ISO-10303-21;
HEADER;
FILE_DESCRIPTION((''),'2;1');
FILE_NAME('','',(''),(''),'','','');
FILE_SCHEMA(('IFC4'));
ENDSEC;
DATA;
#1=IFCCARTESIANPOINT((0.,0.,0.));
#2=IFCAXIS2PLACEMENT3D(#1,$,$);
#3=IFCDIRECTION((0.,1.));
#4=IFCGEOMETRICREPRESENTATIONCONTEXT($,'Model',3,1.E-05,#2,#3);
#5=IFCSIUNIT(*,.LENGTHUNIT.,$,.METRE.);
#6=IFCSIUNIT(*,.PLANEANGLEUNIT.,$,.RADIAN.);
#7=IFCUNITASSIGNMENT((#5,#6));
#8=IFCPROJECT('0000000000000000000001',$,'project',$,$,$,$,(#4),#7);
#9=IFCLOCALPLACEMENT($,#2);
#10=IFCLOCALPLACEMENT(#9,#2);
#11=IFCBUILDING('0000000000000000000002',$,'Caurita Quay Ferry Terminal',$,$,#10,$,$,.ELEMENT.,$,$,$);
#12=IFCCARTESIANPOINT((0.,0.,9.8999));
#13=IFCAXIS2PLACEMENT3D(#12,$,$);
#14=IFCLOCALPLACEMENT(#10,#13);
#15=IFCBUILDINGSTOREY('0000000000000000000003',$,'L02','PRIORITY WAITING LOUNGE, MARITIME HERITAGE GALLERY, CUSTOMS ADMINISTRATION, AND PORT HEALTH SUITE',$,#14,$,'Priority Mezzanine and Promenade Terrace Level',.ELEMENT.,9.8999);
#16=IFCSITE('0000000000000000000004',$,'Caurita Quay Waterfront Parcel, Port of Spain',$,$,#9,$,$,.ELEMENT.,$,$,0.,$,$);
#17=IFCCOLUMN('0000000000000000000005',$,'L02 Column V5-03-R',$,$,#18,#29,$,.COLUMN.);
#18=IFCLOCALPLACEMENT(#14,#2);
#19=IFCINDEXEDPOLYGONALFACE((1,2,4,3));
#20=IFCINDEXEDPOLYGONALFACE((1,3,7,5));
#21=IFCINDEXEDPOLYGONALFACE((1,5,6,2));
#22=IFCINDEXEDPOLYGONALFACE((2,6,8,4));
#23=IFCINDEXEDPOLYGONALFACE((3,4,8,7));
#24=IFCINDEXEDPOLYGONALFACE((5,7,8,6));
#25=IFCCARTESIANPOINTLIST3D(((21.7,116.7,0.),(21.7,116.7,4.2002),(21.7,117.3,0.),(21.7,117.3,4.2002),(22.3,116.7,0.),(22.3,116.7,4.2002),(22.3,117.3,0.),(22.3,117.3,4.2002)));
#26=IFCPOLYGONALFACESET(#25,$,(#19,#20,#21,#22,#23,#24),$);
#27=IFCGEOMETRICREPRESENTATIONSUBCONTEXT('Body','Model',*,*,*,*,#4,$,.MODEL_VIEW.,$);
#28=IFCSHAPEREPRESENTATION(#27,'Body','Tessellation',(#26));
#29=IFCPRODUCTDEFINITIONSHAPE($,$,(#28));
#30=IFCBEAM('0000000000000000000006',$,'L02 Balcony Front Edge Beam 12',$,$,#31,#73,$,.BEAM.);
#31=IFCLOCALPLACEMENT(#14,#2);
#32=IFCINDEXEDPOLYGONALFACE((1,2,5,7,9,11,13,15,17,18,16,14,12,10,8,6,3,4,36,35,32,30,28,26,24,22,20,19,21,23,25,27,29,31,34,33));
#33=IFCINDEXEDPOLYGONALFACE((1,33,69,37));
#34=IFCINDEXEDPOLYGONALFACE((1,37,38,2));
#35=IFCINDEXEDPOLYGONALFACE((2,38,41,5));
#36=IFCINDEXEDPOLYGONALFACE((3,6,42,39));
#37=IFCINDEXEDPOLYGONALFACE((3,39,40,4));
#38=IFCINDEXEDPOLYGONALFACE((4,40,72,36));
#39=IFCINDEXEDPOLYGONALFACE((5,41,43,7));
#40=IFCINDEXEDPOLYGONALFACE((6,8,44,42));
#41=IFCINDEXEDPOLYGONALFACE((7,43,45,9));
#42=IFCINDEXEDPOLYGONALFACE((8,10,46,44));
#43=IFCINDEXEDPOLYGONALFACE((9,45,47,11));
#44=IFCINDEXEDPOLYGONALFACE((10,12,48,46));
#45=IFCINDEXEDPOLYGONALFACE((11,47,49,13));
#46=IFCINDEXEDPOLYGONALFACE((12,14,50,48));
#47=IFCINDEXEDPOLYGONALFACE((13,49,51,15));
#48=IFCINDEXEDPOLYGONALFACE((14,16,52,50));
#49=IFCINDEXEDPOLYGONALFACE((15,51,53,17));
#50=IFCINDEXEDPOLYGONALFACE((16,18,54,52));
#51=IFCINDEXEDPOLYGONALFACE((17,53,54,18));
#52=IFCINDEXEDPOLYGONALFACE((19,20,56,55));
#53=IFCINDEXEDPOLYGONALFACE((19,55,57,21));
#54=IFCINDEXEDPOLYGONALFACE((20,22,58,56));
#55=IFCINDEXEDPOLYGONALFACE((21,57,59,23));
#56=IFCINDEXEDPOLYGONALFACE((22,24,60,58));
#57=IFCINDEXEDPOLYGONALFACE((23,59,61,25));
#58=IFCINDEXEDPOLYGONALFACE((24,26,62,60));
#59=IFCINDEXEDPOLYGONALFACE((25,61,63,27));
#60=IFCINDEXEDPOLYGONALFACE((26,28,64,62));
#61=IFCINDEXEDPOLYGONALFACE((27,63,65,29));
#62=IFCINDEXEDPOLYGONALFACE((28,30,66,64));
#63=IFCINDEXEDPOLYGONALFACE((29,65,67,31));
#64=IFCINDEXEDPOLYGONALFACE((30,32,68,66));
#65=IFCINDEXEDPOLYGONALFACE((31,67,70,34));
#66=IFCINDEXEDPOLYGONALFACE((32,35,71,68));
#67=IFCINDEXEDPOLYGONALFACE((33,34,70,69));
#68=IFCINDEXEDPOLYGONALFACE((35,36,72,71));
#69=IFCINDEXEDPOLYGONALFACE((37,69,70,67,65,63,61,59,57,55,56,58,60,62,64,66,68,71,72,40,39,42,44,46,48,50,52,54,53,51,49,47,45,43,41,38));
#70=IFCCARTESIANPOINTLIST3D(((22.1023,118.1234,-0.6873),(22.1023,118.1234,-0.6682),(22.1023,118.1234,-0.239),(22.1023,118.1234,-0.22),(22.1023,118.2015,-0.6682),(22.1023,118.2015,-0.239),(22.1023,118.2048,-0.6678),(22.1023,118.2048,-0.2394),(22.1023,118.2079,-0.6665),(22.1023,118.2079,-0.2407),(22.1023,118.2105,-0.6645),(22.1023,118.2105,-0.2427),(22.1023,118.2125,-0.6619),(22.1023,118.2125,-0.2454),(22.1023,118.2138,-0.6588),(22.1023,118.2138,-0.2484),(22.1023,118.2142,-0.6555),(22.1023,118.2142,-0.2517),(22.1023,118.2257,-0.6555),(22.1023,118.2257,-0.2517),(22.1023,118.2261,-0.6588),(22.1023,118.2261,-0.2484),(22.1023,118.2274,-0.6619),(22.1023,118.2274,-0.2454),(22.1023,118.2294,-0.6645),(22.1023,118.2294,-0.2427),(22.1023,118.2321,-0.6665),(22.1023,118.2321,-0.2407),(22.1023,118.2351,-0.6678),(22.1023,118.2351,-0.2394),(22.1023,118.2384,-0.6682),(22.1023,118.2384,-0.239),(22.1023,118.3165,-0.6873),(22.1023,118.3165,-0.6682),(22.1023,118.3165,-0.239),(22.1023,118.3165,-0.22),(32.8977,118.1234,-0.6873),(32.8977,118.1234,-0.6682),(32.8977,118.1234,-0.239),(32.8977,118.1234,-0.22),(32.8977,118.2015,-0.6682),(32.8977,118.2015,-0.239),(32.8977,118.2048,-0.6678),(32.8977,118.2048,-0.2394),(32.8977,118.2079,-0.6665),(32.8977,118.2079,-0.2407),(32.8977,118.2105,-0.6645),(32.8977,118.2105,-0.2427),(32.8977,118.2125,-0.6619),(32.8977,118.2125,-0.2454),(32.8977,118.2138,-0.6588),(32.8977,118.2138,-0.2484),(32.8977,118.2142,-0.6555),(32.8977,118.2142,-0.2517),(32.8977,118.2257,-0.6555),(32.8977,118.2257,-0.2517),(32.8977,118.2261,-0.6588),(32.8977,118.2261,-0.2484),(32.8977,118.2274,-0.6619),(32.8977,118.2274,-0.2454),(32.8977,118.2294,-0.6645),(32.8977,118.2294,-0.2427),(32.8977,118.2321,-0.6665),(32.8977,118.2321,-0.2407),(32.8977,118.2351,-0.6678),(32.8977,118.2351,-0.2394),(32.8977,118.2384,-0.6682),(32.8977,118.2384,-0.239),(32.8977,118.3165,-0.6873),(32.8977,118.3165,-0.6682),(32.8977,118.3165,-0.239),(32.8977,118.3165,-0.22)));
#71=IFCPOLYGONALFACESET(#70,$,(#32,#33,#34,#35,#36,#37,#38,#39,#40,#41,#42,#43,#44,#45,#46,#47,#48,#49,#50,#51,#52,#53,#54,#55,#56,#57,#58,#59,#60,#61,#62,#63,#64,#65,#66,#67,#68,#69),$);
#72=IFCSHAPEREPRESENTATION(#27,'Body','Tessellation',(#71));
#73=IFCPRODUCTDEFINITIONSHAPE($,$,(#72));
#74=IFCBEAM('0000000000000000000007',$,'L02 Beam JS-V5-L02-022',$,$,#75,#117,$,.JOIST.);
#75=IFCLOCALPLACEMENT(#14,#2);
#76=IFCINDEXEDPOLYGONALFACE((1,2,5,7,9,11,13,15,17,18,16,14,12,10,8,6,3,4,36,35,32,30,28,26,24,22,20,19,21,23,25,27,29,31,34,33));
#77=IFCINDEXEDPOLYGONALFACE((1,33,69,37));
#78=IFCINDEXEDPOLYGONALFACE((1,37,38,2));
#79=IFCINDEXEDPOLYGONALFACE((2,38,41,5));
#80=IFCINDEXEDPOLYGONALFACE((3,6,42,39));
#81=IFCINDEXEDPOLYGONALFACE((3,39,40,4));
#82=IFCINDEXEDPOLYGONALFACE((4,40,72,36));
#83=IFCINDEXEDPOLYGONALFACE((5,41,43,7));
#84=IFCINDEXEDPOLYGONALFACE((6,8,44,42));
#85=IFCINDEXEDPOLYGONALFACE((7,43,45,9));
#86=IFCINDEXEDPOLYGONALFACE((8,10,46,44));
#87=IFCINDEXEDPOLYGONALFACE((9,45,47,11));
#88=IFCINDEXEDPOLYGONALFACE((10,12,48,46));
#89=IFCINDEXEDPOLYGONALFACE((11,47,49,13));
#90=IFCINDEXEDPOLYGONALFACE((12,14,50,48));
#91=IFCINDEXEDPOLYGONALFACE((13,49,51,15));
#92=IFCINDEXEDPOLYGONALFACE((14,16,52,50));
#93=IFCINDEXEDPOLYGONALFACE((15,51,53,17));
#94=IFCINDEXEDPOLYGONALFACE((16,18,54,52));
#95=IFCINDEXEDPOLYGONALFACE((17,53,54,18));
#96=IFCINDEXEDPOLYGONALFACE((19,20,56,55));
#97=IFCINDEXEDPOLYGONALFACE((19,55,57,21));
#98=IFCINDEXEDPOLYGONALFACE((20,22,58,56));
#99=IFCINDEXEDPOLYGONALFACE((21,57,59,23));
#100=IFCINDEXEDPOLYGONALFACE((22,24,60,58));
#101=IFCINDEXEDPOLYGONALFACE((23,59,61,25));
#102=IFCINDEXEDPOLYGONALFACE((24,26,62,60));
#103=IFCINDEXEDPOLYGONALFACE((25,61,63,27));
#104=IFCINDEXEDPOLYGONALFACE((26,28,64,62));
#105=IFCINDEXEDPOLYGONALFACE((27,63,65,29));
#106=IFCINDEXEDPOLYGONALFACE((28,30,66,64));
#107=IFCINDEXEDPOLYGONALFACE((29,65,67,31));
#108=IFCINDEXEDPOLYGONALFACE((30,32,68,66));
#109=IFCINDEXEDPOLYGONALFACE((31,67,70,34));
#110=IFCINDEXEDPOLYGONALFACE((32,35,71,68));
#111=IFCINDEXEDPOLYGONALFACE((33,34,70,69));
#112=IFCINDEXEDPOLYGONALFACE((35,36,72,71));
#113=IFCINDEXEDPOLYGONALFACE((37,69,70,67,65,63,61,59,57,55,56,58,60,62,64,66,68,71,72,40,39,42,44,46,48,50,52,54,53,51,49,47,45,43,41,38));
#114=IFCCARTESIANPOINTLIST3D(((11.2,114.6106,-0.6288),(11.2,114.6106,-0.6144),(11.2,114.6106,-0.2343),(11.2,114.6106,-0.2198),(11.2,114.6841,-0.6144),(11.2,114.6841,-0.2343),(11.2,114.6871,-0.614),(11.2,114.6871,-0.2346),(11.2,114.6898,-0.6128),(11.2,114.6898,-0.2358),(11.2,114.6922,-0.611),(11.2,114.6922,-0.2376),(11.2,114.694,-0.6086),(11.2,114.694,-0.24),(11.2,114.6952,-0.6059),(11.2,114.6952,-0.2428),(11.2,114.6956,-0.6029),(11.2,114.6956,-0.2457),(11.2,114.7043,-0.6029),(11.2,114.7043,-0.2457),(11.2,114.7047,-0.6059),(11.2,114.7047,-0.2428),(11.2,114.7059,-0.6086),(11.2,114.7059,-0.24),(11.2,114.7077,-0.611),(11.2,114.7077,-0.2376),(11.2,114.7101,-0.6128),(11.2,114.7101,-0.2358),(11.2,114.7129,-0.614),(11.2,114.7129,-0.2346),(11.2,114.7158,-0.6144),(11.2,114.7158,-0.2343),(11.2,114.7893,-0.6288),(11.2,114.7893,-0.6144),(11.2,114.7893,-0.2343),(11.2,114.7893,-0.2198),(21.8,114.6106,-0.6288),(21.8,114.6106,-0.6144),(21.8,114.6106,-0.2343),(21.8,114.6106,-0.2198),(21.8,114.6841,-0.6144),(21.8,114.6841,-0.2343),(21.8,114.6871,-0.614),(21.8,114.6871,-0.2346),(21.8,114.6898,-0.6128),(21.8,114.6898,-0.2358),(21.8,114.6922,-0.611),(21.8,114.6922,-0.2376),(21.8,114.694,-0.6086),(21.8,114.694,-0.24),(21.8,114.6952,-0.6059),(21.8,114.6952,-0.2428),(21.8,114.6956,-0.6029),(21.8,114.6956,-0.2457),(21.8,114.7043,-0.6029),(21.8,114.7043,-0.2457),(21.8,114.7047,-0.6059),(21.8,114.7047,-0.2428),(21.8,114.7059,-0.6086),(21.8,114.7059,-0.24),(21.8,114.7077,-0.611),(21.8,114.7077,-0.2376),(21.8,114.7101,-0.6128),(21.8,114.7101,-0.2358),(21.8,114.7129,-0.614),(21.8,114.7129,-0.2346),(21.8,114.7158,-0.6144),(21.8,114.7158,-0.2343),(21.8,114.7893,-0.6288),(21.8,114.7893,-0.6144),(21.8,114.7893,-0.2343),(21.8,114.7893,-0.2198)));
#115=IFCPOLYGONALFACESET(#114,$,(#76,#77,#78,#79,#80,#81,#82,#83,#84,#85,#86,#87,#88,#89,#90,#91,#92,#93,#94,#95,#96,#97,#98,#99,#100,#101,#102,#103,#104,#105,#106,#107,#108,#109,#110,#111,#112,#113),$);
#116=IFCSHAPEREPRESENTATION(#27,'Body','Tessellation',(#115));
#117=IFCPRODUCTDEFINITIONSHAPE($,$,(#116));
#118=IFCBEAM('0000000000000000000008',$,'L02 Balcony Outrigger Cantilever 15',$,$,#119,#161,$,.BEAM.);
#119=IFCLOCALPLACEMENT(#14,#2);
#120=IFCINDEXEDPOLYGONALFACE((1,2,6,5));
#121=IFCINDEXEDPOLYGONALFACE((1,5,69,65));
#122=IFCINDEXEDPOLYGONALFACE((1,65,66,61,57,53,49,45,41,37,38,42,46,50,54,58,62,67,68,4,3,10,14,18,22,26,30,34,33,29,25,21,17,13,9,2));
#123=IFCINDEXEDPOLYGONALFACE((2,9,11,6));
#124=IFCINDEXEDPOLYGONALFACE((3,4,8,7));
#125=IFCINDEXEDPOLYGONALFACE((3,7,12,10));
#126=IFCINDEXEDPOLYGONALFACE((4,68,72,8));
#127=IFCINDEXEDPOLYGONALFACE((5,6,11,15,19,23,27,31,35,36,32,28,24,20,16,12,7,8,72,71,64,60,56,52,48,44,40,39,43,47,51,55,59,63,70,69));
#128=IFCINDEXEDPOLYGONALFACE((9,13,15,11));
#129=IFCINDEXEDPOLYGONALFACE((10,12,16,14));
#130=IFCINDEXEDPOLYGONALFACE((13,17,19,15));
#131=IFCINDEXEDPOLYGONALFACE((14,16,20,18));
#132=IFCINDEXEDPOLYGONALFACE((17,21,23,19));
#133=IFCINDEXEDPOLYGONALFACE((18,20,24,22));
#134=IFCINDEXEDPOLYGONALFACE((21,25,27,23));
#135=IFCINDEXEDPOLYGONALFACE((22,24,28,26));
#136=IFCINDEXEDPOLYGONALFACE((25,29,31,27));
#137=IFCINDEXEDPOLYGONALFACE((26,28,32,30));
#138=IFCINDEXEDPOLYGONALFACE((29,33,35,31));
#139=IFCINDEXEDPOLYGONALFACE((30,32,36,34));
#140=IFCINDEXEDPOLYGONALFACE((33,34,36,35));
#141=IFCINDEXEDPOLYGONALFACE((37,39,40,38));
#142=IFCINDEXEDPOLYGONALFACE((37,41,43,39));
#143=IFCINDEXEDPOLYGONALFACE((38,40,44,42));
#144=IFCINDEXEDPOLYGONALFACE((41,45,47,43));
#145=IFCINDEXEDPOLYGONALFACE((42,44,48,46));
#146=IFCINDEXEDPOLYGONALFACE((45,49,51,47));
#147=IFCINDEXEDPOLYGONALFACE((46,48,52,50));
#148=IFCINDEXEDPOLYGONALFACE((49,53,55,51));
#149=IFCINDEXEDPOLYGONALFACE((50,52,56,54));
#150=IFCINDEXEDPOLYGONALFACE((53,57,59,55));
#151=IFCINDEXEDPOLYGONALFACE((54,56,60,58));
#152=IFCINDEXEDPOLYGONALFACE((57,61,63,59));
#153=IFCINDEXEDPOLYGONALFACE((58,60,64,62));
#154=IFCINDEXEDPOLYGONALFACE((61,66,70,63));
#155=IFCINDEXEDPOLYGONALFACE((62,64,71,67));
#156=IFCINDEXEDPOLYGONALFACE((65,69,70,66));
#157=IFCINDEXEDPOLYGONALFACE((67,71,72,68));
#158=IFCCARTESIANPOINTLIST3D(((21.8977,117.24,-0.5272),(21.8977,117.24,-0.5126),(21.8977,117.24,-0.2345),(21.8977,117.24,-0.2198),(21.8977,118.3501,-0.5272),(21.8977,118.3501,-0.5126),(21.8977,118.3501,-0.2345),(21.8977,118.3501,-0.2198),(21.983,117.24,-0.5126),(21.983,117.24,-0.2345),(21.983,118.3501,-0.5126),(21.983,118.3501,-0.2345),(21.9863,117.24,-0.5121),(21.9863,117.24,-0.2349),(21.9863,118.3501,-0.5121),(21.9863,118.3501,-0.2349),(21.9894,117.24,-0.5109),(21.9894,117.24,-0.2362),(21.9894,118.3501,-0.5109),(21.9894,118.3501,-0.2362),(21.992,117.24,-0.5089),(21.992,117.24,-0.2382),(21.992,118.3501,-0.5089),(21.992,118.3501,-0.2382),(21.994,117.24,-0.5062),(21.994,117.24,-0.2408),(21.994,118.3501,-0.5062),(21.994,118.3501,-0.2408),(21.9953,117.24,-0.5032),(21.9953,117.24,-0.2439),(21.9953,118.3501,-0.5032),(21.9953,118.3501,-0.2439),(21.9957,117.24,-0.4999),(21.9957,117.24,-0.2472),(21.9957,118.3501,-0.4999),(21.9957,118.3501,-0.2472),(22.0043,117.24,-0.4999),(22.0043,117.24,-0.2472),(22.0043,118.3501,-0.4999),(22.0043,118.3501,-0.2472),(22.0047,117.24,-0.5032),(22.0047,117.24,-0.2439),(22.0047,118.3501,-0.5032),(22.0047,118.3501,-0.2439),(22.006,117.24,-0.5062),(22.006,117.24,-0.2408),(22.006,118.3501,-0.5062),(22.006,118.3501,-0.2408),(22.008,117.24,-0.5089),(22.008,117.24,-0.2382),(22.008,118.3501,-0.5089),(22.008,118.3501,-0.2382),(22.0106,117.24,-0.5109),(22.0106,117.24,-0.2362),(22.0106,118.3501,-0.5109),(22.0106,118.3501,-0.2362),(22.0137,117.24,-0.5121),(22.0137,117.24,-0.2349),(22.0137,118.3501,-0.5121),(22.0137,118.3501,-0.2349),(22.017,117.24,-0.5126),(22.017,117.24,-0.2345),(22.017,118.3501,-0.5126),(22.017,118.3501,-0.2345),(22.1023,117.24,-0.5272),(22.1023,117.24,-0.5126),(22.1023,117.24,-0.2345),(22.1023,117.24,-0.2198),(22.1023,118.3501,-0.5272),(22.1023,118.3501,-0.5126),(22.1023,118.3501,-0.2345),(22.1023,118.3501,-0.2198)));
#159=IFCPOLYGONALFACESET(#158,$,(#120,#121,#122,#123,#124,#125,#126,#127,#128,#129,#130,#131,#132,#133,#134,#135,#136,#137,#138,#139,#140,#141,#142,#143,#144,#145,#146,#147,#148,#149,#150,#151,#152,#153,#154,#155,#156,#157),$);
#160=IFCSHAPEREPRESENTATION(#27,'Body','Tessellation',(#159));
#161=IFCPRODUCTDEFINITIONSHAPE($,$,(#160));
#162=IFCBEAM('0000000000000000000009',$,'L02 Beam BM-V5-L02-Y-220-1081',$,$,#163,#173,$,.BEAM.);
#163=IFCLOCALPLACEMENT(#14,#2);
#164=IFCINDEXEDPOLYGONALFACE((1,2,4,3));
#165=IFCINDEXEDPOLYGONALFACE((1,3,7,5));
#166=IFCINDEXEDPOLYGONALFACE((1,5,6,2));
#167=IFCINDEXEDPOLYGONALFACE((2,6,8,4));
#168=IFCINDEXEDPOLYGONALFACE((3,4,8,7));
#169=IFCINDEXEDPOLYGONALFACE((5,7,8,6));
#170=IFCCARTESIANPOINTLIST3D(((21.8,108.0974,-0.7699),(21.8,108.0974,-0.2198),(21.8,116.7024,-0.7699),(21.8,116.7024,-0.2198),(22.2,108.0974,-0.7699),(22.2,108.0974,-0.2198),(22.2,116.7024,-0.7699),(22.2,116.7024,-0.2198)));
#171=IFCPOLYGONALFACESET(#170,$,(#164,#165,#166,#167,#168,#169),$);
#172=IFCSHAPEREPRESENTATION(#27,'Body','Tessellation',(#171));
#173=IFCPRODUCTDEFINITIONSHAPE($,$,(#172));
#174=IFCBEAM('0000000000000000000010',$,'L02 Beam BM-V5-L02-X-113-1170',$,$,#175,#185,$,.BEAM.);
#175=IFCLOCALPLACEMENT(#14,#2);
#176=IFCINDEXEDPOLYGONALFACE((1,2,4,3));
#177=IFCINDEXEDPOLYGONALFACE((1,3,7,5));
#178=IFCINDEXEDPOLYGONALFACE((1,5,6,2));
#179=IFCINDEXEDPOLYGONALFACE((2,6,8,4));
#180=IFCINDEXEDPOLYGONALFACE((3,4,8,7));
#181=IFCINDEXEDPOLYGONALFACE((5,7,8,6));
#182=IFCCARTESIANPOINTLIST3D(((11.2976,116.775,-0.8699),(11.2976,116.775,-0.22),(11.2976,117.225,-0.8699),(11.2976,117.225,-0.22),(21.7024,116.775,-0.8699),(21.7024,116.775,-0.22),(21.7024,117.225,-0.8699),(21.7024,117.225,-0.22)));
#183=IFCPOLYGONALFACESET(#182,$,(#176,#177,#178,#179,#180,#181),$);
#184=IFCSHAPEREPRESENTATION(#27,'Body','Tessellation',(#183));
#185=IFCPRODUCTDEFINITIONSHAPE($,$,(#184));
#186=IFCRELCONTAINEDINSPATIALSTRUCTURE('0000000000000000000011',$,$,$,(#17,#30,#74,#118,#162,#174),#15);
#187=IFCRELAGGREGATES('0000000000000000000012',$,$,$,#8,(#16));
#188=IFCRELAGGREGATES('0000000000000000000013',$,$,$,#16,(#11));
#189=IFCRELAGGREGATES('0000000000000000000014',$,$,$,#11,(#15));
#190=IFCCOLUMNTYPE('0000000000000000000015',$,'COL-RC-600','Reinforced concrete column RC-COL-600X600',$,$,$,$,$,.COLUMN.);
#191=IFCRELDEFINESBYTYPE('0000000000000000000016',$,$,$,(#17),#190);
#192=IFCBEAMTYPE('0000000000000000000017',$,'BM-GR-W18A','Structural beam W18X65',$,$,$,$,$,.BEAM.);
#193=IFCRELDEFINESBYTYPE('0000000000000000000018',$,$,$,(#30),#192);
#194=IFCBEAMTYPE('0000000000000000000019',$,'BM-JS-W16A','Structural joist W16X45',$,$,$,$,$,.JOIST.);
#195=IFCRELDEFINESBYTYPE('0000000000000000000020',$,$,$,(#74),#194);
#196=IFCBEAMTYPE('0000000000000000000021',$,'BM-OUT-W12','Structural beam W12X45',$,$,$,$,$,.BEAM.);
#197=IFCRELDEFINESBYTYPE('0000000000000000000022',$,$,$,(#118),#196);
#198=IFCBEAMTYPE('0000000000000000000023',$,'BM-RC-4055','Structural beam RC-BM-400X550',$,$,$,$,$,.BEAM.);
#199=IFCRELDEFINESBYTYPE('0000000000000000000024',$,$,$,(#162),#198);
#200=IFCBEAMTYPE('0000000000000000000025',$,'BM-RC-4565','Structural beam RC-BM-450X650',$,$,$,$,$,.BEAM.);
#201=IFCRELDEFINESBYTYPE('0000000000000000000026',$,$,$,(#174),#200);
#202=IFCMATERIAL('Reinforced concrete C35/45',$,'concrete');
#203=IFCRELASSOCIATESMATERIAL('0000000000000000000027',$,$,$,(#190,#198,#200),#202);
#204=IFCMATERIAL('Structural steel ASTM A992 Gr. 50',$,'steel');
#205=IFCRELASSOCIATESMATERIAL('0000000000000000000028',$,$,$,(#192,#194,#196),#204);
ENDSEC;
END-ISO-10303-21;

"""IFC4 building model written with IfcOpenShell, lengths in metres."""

from ifc_helpers import new_model, si_unit, direction, frame, origin, origin_2d, place, context, subcontext, project, spatial, rectangle, i_section, extrude, material, material_profile, profile_set, type_object, element, save


model = new_model("IFC4")

# Units and contexts
model_context = context("Model", 3, precision=1e-05, world=origin(), true_north=direction((0.0, 1.0)))
body_context = subcontext(model_context, "Body", "Model", "MODEL_VIEW")
ifc_project = project(units=[si_unit("LENGTHUNIT", "METRE"), si_unit("PLANEANGLEUNIT", "RADIAN")], contexts=[model_context])

# Site, building, storey
site_placement = place(None, origin())
site = spatial("IfcSite", under=ifc_project, at=site_placement, Name="Caurita Quay Waterfront Parcel, Port of Spain", CompositionType="ELEMENT", RefElevation=0.0)
building_placement = place(site_placement, origin())
building = spatial("IfcBuilding", under=site, at=building_placement, Name="Caurita Quay Ferry Terminal", CompositionType="ELEMENT")
storey_placement = place(building_placement, frame((0.0, 0.0, 9.8999)))
storey = spatial("IfcBuildingStorey", under=building, at=storey_placement, Name="L02", Description="PRIORITY WAITING LOUNGE, MARITIME HERITAGE GALLERY, CUSTOMS ADMINISTRATION, AND PORT HEALTH SUITE", LongName="Priority Mezzanine and Promenade Terrace Level", CompositionType="ELEMENT", Elevation=9.8999)

# Column
ifc_material_1 = material(Name="Reinforced concrete C35/45", Category="concrete")
ifc_material_profile_1 = material_profile(ifc_material_1, rectangle(XDim=0.6001, YDim=0.6001, at=origin_2d()), Name="RC-COL-600X600")
ifc_profile_set_1 = profile_set([ifc_material_profile_1], Name="Reinforced concrete C35/45")
column_type = type_object("IfcColumnType", Name="COL-RC-600", Description="Reinforced concrete column RC-COL-600X600", PredefinedType="COLUMN", material=ifc_profile_set_1)
column_placement = place(storey_placement, frame((22.0, 117.0, 0.0), z_axis=(0.0, 0.0, 1.0), x_axis=(1.0, 0.0, 0.0)))
element("IfcColumn", 1, at=column_placement, inside=storey, type_object=column_type, Name="L02 Column V5-03-R", PredefinedType="COLUMN", context=body_context, shape_type="SweptSolid", body=[
    extrude(rectangle(XDim=0.6001, YDim=0.6001, at=origin_2d()), origin(), (0.0, 0.0, 1.0), 4.2002),
])

# Beams
ifc_material_2 = material(Name="Structural steel ASTM A992 Gr. 50", Category="steel")
ifc_material_profile_2 = material_profile(ifc_material_2, i_section(OverallWidth=0.1931, OverallDepth=0.4673, WebThickness=0.0115, FlangeThickness=0.019, FilletRadius=0.0127, at=origin_2d()), Name="W18X65")
ifc_profile_set_2 = profile_set([ifc_material_profile_2], Name="Structural steel ASTM A992 Gr. 50")
beam_type_1 = type_object("IfcBeamType", Name="BM-GR-W18A", Description="Structural beam W18X65", PredefinedType="BEAM", material=ifc_profile_set_2)
beam_1_placement = place(storey_placement, frame((22.1023, 118.22, -0.4536), z_axis=(1.0, 0.0, 0.0), x_axis=(0.0, 1.0, 0.0)))
element("IfcBeam", 2, at=beam_1_placement, inside=storey, type_object=beam_type_1, Name="L02 Balcony Front Edge Beam 12", PredefinedType="BEAM", context=body_context, shape_type="SweptSolid", body=[
    extrude(i_section(OverallWidth=0.1931, OverallDepth=0.4673, WebThickness=0.0115, FlangeThickness=0.019, FilletRadius=0.0127, at=origin_2d()), origin(), (0.0, 0.0, 1.0), 10.7954),
])
ifc_material_profile_3 = material_profile(ifc_material_2, i_section(OverallWidth=0.1787, OverallDepth=0.4089, WebThickness=0.0088, FlangeThickness=0.0144, FilletRadius=0.0115, at=origin_2d()), Name="W16X45")
ifc_profile_set_3 = profile_set([ifc_material_profile_3], Name="Structural steel ASTM A992 Gr. 50")
beam_type_2 = type_object("IfcBeamType", Name="BM-JS-W16A", Description="Structural joist W16X45", PredefinedType="JOIST", material=ifc_profile_set_3)
beam_2_placement = place(storey_placement, frame((11.2, 114.7, -0.4243), z_axis=(1.0, 0.0, 0.0), x_axis=(0.0, 1.0, 0.0)))
element("IfcBeam", 3, at=beam_2_placement, inside=storey, type_object=beam_type_2, Name="L02 Beam JS-V5-L02-022", PredefinedType="JOIST", context=body_context, shape_type="SweptSolid", body=[
    extrude(i_section(OverallWidth=0.1787, OverallDepth=0.4089, WebThickness=0.0088, FlangeThickness=0.0144, FilletRadius=0.0115, at=origin_2d()), origin(), (0.0, 0.0, 1.0), 10.6001),
])
ifc_material_profile_4 = material_profile(ifc_material_2, i_section(OverallWidth=0.2046, OverallDepth=0.3074, WebThickness=0.0085, FlangeThickness=0.0146, FilletRadius=0.0127, at=origin_2d()), Name="W12X45")
ifc_profile_set_4 = profile_set([ifc_material_profile_4], Name="Structural steel ASTM A992 Gr. 50")
beam_type_3 = type_object("IfcBeamType", Name="BM-OUT-W12", Description="Structural beam W12X45", PredefinedType="BEAM", material=ifc_profile_set_4)
beam_3_placement = place(storey_placement, frame((22.0, 117.24, -0.3735), z_axis=(0.0, 1.0, 0.0), x_axis=(-1.0, 0.0, 0.0)))
element("IfcBeam", 4, at=beam_3_placement, inside=storey, type_object=beam_type_3, Name="L02 Balcony Outrigger Cantilever 15", PredefinedType="BEAM", context=body_context, shape_type="SweptSolid", body=[
    extrude(i_section(OverallWidth=0.2046, OverallDepth=0.3074, WebThickness=0.0085, FlangeThickness=0.0146, FilletRadius=0.0127, at=origin_2d()), origin(), (0.0, 0.0, 1.0), 1.1101),
])
ifc_material_profile_5 = material_profile(ifc_material_1, rectangle(XDim=0.3999, YDim=0.55, at=origin_2d()), Name="RC-BM-400X550")
ifc_profile_set_5 = profile_set([ifc_material_profile_5], Name="Reinforced concrete C35/45")
beam_type_4 = type_object("IfcBeamType", Name="BM-RC-4055", Description="Structural beam RC-BM-400X550", PredefinedType="BEAM", material=ifc_profile_set_5)
beam_4_placement = place(storey_placement, frame((22.0, 108.0974, -0.4949), z_axis=(0.0, 1.0, 0.0), x_axis=(-1.0, 0.0, 0.0)))
element("IfcBeam", 5, at=beam_4_placement, inside=storey, type_object=beam_type_4, Name="L02 Beam BM-V5-L02-Y-220-1081", PredefinedType="BEAM", context=body_context, shape_type="SweptSolid", body=[
    extrude(rectangle(XDim=0.3999, YDim=0.55, at=origin_2d()), origin(), (0.0, 0.0, 1.0), 8.605),
])
ifc_material_profile_6 = material_profile(ifc_material_1, rectangle(XDim=0.45, YDim=0.6499, at=origin_2d()), Name="RC-BM-450X650")
ifc_profile_set_6 = profile_set([ifc_material_profile_6], Name="Reinforced concrete C35/45")
beam_type_5 = type_object("IfcBeamType", Name="BM-RC-4565", Description="Structural beam RC-BM-450X650", PredefinedType="BEAM", material=ifc_profile_set_6)
beam_5_placement = place(storey_placement, frame((11.2976, 117.0, -0.5449), z_axis=(1.0, 0.0, 0.0), x_axis=(0.0, 1.0, 0.0)))
element("IfcBeam", 6, at=beam_5_placement, inside=storey, type_object=beam_type_5, Name="L02 Beam BM-V5-L02-X-113-1170", PredefinedType="BEAM", context=body_context, shape_type="SweptSolid", body=[
    extrude(rectangle(XDim=0.45, YDim=0.6499, at=origin_2d()), origin(), (0.0, 0.0, 1.0), 10.4048),
])

save(model, "model.ifc")
